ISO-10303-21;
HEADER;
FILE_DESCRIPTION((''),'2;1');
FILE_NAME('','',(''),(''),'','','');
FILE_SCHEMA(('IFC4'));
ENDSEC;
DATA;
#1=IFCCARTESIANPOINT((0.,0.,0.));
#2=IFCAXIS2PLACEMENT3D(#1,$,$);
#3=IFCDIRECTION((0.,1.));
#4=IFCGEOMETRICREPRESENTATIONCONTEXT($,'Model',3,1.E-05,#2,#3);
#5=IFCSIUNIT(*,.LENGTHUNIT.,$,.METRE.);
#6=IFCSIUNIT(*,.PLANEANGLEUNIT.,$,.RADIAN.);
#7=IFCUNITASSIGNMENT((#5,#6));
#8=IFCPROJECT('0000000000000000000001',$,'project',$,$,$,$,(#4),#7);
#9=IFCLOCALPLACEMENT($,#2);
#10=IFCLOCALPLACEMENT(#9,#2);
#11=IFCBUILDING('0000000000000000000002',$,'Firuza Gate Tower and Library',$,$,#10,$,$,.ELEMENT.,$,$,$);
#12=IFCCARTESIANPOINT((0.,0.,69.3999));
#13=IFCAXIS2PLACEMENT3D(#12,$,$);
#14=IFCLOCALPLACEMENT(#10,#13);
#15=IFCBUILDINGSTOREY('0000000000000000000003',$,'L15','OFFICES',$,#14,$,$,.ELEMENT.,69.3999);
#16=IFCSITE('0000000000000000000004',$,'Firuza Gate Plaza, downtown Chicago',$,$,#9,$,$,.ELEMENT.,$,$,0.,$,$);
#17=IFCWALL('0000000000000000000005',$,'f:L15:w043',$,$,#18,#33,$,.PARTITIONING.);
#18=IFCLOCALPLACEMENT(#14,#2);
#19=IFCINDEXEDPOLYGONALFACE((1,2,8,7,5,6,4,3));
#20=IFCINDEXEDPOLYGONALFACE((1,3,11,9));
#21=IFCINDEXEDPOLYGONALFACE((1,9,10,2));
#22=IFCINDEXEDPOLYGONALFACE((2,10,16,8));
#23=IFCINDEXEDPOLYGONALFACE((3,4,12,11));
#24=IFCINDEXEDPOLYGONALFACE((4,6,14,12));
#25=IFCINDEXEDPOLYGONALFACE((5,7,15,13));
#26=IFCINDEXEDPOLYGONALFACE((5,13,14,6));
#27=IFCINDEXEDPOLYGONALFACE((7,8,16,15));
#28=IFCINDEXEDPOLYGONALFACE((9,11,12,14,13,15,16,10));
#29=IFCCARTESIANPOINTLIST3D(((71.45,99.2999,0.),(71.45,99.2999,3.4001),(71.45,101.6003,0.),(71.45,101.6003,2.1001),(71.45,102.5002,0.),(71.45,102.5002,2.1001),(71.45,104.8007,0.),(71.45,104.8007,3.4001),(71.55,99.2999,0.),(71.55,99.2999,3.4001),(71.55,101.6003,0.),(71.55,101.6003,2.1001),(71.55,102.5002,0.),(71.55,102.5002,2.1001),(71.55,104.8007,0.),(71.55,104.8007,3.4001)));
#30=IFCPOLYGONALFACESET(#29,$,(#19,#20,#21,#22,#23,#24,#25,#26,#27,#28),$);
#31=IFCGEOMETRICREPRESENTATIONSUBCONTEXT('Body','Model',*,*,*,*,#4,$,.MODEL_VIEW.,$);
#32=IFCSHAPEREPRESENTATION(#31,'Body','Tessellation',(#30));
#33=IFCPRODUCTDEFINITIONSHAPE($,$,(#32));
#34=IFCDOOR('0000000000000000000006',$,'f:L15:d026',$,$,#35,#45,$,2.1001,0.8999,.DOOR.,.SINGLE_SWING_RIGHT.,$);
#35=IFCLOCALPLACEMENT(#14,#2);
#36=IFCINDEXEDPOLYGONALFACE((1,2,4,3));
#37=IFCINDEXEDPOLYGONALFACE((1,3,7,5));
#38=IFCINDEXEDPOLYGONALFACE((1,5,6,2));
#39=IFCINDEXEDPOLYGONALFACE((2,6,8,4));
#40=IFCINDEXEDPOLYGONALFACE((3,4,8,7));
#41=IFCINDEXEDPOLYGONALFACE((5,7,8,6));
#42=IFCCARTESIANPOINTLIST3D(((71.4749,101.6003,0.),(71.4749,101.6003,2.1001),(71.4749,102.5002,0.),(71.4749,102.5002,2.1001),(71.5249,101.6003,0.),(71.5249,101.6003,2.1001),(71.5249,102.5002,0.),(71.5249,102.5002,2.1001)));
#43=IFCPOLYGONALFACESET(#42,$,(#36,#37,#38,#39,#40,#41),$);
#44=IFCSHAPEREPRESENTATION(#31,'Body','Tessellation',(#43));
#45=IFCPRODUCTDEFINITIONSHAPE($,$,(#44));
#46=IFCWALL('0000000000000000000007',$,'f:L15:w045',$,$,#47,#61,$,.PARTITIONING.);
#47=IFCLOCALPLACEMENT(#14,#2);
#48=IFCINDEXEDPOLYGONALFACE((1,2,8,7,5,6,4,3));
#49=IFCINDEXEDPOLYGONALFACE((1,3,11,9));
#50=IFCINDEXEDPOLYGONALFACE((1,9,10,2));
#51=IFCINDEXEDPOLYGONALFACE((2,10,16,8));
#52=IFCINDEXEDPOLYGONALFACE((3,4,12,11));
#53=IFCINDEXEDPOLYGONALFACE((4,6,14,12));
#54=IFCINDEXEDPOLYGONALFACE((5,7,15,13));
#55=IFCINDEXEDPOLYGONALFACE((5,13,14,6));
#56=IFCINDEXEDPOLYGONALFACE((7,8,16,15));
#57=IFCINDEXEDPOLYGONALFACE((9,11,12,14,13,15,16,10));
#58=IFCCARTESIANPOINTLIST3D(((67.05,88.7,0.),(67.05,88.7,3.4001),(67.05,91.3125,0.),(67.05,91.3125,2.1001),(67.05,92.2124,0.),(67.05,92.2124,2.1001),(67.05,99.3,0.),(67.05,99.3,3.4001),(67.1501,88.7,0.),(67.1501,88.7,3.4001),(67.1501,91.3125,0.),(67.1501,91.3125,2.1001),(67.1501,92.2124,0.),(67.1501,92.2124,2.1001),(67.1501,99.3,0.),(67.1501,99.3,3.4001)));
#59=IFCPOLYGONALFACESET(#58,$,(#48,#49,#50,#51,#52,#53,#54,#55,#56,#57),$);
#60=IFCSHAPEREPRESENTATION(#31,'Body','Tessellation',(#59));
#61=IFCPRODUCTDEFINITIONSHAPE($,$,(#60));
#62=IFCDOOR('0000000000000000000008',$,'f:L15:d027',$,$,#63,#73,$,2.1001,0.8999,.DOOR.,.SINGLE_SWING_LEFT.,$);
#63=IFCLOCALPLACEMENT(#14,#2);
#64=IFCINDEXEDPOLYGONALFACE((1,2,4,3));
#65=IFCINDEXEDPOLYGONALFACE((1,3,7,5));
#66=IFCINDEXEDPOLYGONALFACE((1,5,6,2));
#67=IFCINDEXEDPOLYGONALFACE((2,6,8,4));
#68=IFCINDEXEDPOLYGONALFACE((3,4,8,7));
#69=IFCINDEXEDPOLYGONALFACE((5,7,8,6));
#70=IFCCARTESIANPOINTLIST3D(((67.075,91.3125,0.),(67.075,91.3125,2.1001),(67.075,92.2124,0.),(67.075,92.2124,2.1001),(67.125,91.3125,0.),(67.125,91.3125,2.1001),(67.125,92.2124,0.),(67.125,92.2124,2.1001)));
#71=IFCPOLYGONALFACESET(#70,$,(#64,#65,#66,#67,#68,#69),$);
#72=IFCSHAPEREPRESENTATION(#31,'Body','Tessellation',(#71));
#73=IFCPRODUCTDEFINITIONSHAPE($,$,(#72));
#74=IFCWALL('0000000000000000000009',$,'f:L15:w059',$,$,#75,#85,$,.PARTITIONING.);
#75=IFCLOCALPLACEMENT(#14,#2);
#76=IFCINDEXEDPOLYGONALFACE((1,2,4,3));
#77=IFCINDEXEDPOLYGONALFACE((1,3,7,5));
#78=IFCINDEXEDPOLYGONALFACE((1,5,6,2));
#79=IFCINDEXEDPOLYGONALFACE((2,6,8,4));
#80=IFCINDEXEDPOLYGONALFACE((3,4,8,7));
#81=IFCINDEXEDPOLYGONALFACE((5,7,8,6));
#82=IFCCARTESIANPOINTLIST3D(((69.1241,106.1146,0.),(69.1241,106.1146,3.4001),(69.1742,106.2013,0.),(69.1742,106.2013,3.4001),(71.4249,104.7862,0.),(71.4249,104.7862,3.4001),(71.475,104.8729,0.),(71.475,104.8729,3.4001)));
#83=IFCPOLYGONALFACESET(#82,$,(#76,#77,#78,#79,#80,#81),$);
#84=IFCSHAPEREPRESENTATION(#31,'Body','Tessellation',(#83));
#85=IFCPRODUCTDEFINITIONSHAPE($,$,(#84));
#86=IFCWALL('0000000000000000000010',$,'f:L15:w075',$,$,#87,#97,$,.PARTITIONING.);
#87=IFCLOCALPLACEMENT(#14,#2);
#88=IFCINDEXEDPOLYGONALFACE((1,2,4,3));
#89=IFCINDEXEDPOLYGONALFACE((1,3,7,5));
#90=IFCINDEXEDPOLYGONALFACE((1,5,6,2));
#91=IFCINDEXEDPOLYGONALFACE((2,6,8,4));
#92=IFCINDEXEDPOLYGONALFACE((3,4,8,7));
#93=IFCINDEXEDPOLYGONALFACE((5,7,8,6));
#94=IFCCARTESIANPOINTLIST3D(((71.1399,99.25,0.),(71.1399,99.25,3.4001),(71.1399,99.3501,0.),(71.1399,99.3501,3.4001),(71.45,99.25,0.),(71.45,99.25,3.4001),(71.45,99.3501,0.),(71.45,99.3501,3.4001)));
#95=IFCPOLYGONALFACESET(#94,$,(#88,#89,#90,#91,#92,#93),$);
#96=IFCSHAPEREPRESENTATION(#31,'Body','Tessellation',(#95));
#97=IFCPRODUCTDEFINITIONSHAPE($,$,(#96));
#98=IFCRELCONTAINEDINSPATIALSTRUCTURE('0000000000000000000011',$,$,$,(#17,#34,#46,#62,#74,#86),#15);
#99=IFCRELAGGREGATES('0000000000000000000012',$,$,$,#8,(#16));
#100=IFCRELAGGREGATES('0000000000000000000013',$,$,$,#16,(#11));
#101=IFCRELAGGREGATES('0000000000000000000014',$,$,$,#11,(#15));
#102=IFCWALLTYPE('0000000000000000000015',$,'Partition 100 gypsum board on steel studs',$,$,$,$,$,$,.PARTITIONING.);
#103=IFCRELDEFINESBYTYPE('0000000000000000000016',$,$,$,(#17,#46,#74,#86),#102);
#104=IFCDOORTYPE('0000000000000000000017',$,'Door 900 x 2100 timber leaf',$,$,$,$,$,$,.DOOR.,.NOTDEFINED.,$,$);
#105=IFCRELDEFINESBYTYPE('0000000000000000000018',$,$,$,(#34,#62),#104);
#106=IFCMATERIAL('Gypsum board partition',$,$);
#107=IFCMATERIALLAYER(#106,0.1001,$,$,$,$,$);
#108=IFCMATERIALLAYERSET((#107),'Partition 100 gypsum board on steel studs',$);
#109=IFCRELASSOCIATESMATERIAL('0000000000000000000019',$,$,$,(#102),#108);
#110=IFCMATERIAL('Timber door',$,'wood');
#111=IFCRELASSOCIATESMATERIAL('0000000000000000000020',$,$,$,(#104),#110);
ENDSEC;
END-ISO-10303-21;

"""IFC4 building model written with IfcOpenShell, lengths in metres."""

from ifc_helpers import new_model, si_unit, direction, frame, frame_2d, origin, place, context, subcontext, project, spatial, rectangle, extrude, material, layer, layer_set, type_object, element, fill, save


model = new_model("IFC4")

# Units and contexts
model_context = context("Model", 3, precision=1e-05, world=origin(), true_north=direction((0.0, 1.0)))
body_context = subcontext(model_context, "Body", "Model", "MODEL_VIEW")
ifc_project = project(units=[si_unit("LENGTHUNIT", "METRE"), si_unit("PLANEANGLEUNIT", "RADIAN")], contexts=[model_context])

# Site, building, storey
site_placement = place(None, origin())
site = spatial("IfcSite", under=ifc_project, at=site_placement, Name="Firuza Gate Plaza, downtown Chicago", CompositionType="ELEMENT", RefElevation=0.0)
building_placement = place(site_placement, origin())
building = spatial("IfcBuilding", under=site, at=building_placement, Name="Firuza Gate Tower and Library", CompositionType="ELEMENT")
storey_placement = place(building_placement, frame((0.0, 0.0, 69.3999)))
storey = spatial("IfcBuildingStorey", under=building, at=storey_placement, Name="L15", Description="OFFICES", CompositionType="ELEMENT", Elevation=69.3999)

# Walls, openings, doors
ifc_material_1 = material(Name="Gypsum board partition")
ifc_layer_1 = layer(ifc_material_1, 0.1001)
ifc_layer_set_1 = layer_set([ifc_layer_1], Name="Partition 100 gypsum board on steel studs")
wall_type_1 = type_object("IfcWallType", Name="Partition 100 gypsum board on steel studs", PredefinedType="PARTITIONING", material=ifc_layer_set_1)
ifc_material_2 = material(Name="Timber door", Category="wood")
door_type = type_object("IfcDoorType", Name="Door 900 x 2100 timber leaf", OperationType="NOTDEFINED", PredefinedType="DOOR", material=ifc_material_2)
wall_1_placement = place(storey_placement, frame((71.5, 104.8008, 0.0), z_axis=(0.0, 0.0, 1.0), x_axis=(0.0, -1.0, 0.0)))
wall_1 = element("IfcWall", 1, at=wall_1_placement, inside=storey, type_object=wall_type_1, Name="f:L15:w043", PredefinedType="PARTITIONING", context=body_context, shape_type="SweptSolid", body=[
    extrude(rectangle(XDim=5.5007, YDim=0.1001, at=frame_2d((2.7505, 0.0))), origin(), (0.0, 0.0, 1.0), 3.4001),
])
opening_1_placement = place(wall_1_placement, frame((2.3005, 0.0, 0.0)))
opening_1 = element("IfcOpeningElement", 2, at=opening_1_placement, cuts=wall_1, PredefinedType="OPENING", context=body_context, shape_type="SweptSolid", body=[
    extrude(rectangle(XDim=0.8999, YDim=2.1001, at=frame_2d((0.45, 1.05))), frame((0.0, 0.0601, 0.0), z_axis=(0.0, -1.0, 0.0), x_axis=(1.0, 0.0, 0.0)), (0.0, 0.0, 1.0), 0.1201),
])
door_1_placement = place(opening_1_placement, origin())
door_1 = element("IfcDoor", 3, at=door_1_placement, inside=storey, type_object=door_type, Name="f:L15:d026", OperationType="SINGLE_SWING_RIGHT", OverallHeight=2.1001, OverallWidth=0.8999, PredefinedType="DOOR", context=body_context, shape_type="SweptSolid", body=[
    extrude(rectangle(XDim=0.8999, YDim=2.1001, at=frame_2d((0.45, 1.05))), frame((0.0, 0.0249, 0.0), z_axis=(0.0, -1.0, 0.0), x_axis=(1.0, 0.0, 0.0)), (0.0, 0.0, 1.0), 0.05),
])
fill(opening_1, door_1)
wall_2_placement = place(storey_placement, frame((67.1001, 99.3, 0.0), z_axis=(0.0, 0.0, 1.0), x_axis=(0.0, -1.0, 0.0)))
wall_2 = element("IfcWall", 4, at=wall_2_placement, inside=storey, type_object=wall_type_1, Name="f:L15:w045", PredefinedType="PARTITIONING", context=body_context, shape_type="SweptSolid", body=[
    extrude(rectangle(XDim=10.6001, YDim=0.1001, at=frame_2d((5.3, 0.0))), origin(), (0.0, 0.0, 1.0), 3.4001),
])
opening_2_placement = place(wall_2_placement, frame((7.0876, 0.0, 0.0)))
opening_2 = element("IfcOpeningElement", 5, at=opening_2_placement, cuts=wall_2, PredefinedType="OPENING", context=body_context, shape_type="SweptSolid", body=[
    extrude(rectangle(XDim=0.8999, YDim=2.1001, at=frame_2d((0.45, 1.05))), frame((0.0, 0.0601, 0.0), z_axis=(0.0, -1.0, 0.0), x_axis=(1.0, 0.0, 0.0)), (0.0, 0.0, 1.0), 0.1201),
])
door_2_placement = place(opening_2_placement, origin())
door_2 = element("IfcDoor", 6, at=door_2_placement, inside=storey, type_object=door_type, Name="f:L15:d027", OperationType="SINGLE_SWING_LEFT", OverallHeight=2.1001, OverallWidth=0.8999, PredefinedType="DOOR", context=body_context, shape_type="SweptSolid", body=[
    extrude(rectangle(XDim=0.8999, YDim=2.1001, at=frame_2d((0.45, 1.05))), frame((0.0, 0.0249, 0.0), z_axis=(0.0, -1.0, 0.0), x_axis=(1.0, 0.0, 0.0)), (0.0, 0.0, 1.0), 0.05),
])
fill(opening_2, door_2)

# Walls
wall_3_placement = place(storey_placement, frame((71.45, 104.8296, 0.0), z_axis=(0.0, 0.0, 1.0), x_axis=(-0.866023, 0.500004, 0.0)))
element("IfcWall", 7, at=wall_3_placement, inside=storey, type_object=wall_type_1, Name="f:L15:w059", PredefinedType="PARTITIONING", context=body_context, shape_type="SweptSolid", body=[
    extrude(rectangle(XDim=2.6567, YDim=0.1001, at=frame_2d((1.3284, 0.0))), origin(), (0.0, 0.0, 1.0), 3.4001),
])
wall_4_placement = place(storey_placement, frame((71.1399, 99.3, 0.0), z_axis=(0.0, 0.0, 1.0), x_axis=(1.0, 0.0, 0.0)))
element("IfcWall", 8, at=wall_4_placement, inside=storey, type_object=wall_type_1, Name="f:L15:w075", PredefinedType="PARTITIONING", context=body_context, shape_type="SweptSolid", body=[
    extrude(rectangle(XDim=0.3101, YDim=0.1001, at=frame_2d((0.155, 0.0))), origin(), (0.0, 0.0, 1.0), 3.4001),
])

save(model, "model.ifc")
